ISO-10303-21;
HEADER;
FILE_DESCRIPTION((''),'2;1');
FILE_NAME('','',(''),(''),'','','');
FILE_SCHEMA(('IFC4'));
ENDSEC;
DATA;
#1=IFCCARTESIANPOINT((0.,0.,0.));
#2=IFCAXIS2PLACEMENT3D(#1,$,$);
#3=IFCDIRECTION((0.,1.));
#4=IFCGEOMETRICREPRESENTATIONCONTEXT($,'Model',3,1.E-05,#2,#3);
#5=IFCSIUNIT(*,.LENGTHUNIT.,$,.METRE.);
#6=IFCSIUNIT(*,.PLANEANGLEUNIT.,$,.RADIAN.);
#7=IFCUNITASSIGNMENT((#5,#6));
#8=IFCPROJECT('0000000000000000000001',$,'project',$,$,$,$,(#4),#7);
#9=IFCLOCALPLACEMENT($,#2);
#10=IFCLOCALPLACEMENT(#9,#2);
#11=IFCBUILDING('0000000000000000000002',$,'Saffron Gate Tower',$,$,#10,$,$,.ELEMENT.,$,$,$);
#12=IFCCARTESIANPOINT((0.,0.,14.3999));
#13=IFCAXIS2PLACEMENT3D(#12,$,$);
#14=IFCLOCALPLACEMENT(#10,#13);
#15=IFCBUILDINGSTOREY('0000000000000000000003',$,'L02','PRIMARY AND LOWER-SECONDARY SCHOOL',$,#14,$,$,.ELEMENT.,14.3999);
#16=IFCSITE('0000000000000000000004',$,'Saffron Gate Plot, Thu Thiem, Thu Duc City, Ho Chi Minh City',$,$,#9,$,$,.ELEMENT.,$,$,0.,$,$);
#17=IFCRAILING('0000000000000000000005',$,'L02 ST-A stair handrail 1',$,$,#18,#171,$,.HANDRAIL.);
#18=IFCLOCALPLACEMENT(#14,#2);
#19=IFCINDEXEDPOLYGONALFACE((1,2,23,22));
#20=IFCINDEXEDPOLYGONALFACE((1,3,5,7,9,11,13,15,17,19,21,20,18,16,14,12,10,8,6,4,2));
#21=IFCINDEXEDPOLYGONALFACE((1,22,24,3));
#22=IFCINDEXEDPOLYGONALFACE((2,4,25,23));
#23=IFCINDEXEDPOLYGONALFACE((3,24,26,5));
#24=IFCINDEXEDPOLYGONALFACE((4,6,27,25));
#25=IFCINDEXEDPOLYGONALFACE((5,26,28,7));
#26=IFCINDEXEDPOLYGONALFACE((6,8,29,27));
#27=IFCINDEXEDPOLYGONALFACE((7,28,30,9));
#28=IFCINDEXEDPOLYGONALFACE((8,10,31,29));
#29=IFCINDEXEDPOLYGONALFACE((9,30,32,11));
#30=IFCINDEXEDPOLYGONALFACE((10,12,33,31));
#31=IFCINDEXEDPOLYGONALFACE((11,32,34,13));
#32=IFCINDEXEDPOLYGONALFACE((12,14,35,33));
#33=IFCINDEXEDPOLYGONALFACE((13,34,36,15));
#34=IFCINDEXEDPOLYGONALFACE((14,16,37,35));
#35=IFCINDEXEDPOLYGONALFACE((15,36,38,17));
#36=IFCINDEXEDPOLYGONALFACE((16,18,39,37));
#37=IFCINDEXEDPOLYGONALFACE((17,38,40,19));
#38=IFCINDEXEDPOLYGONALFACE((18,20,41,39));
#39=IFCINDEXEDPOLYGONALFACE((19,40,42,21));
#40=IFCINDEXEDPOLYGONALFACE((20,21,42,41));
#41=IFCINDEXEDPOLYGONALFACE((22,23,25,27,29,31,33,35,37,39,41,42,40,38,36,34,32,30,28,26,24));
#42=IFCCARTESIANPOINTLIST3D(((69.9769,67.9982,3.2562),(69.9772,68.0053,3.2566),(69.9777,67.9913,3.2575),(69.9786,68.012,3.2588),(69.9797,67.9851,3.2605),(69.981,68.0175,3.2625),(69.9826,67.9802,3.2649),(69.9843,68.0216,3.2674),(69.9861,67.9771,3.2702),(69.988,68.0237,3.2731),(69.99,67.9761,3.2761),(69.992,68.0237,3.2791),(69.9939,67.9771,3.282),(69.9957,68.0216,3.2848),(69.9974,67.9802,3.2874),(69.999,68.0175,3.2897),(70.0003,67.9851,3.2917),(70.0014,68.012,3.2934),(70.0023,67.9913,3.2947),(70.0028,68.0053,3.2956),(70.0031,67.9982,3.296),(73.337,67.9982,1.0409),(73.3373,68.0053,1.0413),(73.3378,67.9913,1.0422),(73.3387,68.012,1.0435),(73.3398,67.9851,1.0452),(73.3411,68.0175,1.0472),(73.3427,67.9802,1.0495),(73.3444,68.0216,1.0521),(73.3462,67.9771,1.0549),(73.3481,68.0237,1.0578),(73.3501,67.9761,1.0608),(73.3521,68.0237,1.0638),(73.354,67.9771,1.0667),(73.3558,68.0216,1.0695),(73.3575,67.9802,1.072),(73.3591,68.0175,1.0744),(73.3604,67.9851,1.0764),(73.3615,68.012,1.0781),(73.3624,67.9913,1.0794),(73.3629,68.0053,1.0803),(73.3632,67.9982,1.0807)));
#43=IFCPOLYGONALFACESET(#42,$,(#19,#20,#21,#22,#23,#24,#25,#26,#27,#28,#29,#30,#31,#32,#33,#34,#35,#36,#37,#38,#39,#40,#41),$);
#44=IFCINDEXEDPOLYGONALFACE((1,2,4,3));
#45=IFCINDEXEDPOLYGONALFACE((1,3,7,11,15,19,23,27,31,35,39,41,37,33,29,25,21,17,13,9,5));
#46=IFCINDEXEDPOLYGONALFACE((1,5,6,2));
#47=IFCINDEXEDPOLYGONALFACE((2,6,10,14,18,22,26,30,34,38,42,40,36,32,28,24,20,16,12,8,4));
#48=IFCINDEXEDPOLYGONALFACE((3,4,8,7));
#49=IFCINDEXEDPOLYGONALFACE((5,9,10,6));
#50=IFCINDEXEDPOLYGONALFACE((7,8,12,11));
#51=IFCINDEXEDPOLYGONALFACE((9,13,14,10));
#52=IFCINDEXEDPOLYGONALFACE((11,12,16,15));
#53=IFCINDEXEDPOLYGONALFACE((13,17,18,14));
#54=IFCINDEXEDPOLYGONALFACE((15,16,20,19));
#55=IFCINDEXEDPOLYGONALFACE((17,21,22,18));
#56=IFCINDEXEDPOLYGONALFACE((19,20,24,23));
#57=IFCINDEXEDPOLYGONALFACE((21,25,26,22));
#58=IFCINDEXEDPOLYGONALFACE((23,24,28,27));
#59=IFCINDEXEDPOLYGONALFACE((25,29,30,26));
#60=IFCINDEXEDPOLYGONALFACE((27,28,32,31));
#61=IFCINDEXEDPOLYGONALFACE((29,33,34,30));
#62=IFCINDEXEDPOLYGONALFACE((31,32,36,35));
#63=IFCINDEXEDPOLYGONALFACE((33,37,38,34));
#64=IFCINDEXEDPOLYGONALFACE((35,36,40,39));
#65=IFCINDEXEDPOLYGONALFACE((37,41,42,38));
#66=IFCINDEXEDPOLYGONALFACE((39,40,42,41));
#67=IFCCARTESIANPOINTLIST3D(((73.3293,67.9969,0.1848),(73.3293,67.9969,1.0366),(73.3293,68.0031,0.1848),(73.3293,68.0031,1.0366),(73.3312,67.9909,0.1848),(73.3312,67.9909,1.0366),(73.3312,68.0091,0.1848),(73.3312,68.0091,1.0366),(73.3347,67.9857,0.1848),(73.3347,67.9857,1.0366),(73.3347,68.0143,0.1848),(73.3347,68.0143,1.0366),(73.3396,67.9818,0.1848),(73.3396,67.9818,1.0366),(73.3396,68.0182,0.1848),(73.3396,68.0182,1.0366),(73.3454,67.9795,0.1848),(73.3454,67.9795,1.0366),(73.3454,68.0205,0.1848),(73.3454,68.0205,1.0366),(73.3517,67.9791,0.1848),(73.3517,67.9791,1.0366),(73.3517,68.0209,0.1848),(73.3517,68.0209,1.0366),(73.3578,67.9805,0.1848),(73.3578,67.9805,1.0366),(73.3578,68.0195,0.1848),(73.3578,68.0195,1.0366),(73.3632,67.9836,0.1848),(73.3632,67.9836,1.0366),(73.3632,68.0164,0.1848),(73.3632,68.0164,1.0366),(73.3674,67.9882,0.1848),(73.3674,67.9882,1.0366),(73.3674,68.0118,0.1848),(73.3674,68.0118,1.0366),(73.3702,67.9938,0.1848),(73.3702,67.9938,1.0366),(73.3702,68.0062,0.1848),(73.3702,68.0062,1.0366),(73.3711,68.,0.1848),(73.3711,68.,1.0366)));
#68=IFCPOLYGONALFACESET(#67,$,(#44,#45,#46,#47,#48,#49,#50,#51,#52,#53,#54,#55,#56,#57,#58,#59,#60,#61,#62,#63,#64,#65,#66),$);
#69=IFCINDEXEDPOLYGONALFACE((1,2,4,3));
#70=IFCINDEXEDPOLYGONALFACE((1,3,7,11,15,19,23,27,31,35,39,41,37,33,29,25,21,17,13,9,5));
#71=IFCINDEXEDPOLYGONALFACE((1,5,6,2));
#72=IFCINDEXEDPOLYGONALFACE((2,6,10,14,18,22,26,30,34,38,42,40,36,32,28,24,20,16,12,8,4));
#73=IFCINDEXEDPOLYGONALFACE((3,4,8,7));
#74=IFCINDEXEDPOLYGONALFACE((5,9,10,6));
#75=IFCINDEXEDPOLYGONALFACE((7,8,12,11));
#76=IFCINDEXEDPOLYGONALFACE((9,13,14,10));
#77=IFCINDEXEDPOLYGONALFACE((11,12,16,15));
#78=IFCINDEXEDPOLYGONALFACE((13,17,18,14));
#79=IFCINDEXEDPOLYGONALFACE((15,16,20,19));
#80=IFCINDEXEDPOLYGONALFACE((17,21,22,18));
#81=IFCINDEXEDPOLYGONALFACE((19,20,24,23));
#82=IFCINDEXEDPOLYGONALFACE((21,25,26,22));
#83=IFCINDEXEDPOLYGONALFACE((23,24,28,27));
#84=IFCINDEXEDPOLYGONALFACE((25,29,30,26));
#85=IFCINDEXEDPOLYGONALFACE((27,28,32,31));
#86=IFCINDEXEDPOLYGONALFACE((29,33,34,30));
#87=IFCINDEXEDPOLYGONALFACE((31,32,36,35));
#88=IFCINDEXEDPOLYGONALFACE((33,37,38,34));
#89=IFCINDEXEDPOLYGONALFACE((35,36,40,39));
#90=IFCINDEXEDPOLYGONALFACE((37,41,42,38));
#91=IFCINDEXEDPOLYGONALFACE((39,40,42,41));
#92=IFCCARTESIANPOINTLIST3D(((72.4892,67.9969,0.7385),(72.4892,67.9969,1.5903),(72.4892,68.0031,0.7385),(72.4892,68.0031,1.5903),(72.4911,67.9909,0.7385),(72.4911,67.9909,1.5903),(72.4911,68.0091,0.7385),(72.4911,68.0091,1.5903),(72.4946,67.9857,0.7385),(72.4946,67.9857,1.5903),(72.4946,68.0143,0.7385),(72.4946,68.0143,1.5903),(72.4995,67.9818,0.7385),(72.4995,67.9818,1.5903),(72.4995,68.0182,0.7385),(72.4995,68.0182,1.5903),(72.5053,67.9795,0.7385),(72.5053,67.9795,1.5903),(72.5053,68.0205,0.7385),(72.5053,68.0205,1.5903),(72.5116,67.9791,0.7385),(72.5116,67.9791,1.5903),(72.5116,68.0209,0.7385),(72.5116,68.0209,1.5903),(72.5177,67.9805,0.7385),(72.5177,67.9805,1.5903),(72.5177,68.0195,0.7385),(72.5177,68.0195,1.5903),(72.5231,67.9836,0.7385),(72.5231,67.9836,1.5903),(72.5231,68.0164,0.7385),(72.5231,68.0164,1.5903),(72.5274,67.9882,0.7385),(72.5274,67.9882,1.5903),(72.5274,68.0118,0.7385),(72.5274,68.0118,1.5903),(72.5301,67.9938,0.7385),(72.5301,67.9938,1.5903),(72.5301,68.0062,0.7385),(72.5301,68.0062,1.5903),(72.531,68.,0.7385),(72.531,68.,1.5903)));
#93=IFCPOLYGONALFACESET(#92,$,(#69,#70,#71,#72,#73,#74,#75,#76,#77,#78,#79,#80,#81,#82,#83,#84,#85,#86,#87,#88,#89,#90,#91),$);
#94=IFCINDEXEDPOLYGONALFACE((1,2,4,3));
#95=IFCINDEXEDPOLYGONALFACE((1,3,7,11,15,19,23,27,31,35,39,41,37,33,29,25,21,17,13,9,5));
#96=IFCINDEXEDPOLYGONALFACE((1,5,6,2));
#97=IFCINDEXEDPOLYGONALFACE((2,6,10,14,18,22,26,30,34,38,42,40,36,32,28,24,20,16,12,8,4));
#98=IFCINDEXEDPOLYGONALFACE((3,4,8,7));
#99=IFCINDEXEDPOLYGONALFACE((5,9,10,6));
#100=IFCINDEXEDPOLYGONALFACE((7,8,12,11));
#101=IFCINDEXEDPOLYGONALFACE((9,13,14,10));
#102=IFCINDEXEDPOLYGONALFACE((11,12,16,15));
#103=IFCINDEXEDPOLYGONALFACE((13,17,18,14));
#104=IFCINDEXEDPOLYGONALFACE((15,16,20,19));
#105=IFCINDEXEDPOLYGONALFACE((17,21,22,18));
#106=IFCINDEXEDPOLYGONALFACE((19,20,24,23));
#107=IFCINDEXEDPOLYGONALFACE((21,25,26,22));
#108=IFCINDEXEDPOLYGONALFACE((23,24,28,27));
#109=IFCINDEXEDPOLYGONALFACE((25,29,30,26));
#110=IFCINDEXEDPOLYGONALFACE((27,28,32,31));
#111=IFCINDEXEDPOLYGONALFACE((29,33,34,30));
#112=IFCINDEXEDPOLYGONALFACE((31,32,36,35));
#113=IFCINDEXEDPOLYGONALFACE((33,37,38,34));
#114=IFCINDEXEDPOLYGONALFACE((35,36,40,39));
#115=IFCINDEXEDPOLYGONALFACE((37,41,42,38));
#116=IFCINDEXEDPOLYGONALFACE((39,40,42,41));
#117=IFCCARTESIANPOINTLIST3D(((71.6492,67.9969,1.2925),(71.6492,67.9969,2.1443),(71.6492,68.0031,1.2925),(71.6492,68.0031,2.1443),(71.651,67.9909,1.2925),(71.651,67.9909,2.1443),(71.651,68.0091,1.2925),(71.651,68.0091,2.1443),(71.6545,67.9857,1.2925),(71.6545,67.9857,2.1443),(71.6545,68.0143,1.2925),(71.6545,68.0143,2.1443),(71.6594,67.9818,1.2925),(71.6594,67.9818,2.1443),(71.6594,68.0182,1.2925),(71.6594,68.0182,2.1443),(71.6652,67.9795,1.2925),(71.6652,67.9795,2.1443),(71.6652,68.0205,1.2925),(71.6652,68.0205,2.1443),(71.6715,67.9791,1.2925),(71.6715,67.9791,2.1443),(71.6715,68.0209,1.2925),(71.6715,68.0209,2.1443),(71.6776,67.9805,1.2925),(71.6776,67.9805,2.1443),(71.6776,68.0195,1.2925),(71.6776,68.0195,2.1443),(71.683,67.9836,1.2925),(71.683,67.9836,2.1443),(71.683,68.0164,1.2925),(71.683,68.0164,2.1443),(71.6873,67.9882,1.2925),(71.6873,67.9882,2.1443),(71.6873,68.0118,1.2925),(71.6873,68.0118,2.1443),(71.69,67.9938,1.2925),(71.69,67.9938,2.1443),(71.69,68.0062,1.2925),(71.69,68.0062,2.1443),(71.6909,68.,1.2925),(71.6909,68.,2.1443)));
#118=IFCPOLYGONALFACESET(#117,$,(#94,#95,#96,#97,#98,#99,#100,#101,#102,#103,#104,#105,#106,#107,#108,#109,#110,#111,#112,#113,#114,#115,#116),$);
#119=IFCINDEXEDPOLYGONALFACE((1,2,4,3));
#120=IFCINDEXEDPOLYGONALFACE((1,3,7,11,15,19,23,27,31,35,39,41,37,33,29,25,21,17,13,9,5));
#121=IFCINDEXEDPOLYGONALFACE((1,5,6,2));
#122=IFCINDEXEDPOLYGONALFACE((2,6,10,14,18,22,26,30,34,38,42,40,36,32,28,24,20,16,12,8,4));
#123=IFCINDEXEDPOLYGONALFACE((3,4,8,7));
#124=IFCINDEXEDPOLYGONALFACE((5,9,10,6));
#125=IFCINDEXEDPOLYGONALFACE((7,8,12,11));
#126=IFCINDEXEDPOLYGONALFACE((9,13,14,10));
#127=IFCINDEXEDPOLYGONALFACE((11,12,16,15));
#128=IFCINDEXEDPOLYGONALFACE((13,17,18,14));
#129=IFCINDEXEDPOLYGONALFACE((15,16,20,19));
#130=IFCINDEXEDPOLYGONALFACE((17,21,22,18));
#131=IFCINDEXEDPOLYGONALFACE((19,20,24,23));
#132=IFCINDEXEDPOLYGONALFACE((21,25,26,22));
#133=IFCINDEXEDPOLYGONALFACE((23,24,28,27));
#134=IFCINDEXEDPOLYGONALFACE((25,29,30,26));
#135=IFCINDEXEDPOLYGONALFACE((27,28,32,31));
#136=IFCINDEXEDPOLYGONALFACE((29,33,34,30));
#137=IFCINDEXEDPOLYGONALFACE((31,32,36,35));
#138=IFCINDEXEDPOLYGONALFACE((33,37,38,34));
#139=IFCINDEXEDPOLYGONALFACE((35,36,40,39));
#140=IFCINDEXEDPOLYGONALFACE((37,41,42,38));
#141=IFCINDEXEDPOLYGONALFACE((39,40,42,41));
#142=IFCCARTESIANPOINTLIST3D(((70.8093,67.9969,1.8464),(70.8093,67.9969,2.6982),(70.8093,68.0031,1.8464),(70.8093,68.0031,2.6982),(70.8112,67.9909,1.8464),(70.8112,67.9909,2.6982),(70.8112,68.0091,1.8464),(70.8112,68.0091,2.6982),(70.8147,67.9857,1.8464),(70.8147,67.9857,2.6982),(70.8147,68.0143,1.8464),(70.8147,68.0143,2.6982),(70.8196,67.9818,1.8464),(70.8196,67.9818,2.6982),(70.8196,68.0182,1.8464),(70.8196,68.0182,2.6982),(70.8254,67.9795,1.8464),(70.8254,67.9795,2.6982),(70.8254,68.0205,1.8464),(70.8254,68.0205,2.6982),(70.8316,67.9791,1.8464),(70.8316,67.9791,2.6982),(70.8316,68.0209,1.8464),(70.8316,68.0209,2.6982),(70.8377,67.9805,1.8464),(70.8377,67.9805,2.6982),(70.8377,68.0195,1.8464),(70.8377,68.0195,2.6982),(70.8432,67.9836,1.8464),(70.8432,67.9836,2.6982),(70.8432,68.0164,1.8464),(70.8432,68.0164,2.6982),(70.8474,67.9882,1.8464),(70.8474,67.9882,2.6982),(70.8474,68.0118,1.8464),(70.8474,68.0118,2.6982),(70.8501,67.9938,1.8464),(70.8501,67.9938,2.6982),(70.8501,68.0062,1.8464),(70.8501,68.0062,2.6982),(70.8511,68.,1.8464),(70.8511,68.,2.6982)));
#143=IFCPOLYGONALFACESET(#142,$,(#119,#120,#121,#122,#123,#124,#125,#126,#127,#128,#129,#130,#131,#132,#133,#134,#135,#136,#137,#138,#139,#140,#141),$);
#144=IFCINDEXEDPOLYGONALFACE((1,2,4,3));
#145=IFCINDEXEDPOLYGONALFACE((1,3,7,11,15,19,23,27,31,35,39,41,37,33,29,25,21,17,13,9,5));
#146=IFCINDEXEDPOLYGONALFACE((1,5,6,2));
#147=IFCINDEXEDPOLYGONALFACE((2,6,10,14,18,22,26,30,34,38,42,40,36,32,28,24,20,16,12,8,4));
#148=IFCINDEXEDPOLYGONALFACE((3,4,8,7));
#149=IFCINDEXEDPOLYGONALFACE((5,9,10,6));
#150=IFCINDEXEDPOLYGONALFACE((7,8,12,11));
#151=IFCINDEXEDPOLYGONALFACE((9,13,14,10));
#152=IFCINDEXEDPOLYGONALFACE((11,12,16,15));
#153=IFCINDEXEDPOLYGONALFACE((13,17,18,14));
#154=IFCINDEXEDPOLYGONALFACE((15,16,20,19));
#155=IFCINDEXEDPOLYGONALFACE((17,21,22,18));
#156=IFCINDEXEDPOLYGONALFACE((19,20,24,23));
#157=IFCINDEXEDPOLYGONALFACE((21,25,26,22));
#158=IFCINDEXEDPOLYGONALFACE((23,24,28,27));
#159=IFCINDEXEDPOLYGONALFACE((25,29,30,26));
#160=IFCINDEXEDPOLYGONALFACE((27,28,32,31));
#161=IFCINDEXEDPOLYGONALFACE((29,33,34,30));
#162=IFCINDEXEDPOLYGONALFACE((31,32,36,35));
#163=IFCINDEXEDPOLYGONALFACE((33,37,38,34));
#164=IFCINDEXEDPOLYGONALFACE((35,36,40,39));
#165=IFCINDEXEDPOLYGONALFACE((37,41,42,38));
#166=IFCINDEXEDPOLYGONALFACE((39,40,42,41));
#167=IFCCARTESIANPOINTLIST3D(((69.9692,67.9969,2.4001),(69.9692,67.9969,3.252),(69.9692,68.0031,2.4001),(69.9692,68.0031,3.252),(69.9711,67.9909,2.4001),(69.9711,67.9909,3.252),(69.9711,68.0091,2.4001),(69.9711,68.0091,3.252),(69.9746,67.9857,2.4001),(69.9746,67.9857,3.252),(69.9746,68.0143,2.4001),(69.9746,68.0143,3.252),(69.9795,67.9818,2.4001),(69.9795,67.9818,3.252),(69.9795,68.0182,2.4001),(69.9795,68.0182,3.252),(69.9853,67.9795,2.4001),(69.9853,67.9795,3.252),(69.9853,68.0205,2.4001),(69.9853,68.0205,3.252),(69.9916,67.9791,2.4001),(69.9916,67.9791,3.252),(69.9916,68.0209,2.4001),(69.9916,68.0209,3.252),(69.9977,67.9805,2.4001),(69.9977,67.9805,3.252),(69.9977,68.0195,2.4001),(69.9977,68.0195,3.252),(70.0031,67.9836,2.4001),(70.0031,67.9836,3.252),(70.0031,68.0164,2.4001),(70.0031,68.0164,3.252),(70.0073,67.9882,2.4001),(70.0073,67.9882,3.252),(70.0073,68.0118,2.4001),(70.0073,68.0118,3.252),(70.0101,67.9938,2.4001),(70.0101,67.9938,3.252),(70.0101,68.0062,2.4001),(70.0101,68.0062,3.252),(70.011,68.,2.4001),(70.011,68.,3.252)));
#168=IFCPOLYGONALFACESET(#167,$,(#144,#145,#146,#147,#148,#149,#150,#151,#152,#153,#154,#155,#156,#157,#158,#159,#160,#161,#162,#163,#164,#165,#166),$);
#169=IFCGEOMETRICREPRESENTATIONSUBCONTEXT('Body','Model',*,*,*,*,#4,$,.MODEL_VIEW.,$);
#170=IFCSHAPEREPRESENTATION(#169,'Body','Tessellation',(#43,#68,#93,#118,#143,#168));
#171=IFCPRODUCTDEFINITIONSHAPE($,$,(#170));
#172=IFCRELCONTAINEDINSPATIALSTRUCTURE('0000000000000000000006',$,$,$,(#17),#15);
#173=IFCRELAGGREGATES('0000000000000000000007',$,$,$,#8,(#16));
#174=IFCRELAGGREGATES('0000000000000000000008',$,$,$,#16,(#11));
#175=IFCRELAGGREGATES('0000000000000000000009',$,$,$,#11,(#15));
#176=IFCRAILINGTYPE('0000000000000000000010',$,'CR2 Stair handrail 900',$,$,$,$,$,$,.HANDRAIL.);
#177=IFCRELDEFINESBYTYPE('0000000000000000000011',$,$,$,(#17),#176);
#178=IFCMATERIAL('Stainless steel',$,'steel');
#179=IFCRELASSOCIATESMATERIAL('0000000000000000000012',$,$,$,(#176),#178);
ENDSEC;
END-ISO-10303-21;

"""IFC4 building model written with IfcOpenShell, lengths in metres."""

from ifc_helpers import new_model, si_unit, direction, frame, origin, origin_2d, place, context, subcontext, project, spatial, circle, extrude, material, type_object, element, save


model = new_model("IFC4")

# Units and contexts
model_context = context("Model", 3, precision=1e-05, world=origin(), true_north=direction((0.0, 1.0)))
body_context = subcontext(model_context, "Body", "Model", "MODEL_VIEW")
ifc_project = project(units=[si_unit("LENGTHUNIT", "METRE"), si_unit("PLANEANGLEUNIT", "RADIAN")], contexts=[model_context])

# Site, building, storey
site_placement = place(None, origin())
site = spatial("IfcSite", under=ifc_project, at=site_placement, Name="Saffron Gate Plot, Thu Thiem, Thu Duc City, Ho Chi Minh City", CompositionType="ELEMENT", RefElevation=0.0)
building_placement = place(site_placement, origin())
building = spatial("IfcBuilding", under=site, at=building_placement, Name="Saffron Gate Tower", CompositionType="ELEMENT")
storey_placement = place(building_placement, frame((0.0, 0.0, 14.3999)))
storey = spatial("IfcBuildingStorey", under=building, at=storey_placement, Name="L02", Description="PRIMARY AND LOWER-SECONDARY SCHOOL", CompositionType="ELEMENT", Elevation=14.3999)

# Railing
ifc_material_1 = material(Name="Stainless steel", Category="steel")
railing_type_1 = type_object("IfcRailingType", Name="CR2 Stair handrail 900", PredefinedType="HANDRAIL", material=ifc_material_1)
railing_1_placement = place(storey_placement, frame((73.3501, 68.0, 0.1848)))
element("IfcRailing", 1, at=railing_1_placement, inside=storey, type_object=railing_type_1, Name="L02 ST-A stair handrail 1", PredefinedType="HANDRAIL", context=body_context, shape_type="SweptSolid", body=[
    extrude(circle(Radius=0.0239, at=origin_2d()), frame((0.0, 0.0, 0.876), z_axis=(-0.834876, 0.0, 0.550437), x_axis=(0.0, -1.0, 0.0)), (0.0, 0.0, 1.0), 4.0247),
    extrude(circle(Radius=0.021, at=origin_2d()), origin(), (0.0, 0.0, 1.0), 0.8518),
    extrude(circle(Radius=0.021, at=origin_2d()), frame((-0.8401, 0.0, 0.5537)), (0.0, 0.0, 1.0), 0.8518),
    extrude(circle(Radius=0.021, at=origin_2d()), frame((-1.6802, 0.0, 1.1077)), (0.0, 0.0, 1.0), 0.8518),
    extrude(circle(Radius=0.021, at=origin_2d()), frame((-2.52, 0.0, 1.6616)), (0.0, 0.0, 1.0), 0.8518),
    extrude(circle(Radius=0.021, at=origin_2d()), frame((-3.3601, 0.0, 2.2153)), (0.0, 0.0, 1.0), 0.8518),
])

save(model, "model.ifc")
